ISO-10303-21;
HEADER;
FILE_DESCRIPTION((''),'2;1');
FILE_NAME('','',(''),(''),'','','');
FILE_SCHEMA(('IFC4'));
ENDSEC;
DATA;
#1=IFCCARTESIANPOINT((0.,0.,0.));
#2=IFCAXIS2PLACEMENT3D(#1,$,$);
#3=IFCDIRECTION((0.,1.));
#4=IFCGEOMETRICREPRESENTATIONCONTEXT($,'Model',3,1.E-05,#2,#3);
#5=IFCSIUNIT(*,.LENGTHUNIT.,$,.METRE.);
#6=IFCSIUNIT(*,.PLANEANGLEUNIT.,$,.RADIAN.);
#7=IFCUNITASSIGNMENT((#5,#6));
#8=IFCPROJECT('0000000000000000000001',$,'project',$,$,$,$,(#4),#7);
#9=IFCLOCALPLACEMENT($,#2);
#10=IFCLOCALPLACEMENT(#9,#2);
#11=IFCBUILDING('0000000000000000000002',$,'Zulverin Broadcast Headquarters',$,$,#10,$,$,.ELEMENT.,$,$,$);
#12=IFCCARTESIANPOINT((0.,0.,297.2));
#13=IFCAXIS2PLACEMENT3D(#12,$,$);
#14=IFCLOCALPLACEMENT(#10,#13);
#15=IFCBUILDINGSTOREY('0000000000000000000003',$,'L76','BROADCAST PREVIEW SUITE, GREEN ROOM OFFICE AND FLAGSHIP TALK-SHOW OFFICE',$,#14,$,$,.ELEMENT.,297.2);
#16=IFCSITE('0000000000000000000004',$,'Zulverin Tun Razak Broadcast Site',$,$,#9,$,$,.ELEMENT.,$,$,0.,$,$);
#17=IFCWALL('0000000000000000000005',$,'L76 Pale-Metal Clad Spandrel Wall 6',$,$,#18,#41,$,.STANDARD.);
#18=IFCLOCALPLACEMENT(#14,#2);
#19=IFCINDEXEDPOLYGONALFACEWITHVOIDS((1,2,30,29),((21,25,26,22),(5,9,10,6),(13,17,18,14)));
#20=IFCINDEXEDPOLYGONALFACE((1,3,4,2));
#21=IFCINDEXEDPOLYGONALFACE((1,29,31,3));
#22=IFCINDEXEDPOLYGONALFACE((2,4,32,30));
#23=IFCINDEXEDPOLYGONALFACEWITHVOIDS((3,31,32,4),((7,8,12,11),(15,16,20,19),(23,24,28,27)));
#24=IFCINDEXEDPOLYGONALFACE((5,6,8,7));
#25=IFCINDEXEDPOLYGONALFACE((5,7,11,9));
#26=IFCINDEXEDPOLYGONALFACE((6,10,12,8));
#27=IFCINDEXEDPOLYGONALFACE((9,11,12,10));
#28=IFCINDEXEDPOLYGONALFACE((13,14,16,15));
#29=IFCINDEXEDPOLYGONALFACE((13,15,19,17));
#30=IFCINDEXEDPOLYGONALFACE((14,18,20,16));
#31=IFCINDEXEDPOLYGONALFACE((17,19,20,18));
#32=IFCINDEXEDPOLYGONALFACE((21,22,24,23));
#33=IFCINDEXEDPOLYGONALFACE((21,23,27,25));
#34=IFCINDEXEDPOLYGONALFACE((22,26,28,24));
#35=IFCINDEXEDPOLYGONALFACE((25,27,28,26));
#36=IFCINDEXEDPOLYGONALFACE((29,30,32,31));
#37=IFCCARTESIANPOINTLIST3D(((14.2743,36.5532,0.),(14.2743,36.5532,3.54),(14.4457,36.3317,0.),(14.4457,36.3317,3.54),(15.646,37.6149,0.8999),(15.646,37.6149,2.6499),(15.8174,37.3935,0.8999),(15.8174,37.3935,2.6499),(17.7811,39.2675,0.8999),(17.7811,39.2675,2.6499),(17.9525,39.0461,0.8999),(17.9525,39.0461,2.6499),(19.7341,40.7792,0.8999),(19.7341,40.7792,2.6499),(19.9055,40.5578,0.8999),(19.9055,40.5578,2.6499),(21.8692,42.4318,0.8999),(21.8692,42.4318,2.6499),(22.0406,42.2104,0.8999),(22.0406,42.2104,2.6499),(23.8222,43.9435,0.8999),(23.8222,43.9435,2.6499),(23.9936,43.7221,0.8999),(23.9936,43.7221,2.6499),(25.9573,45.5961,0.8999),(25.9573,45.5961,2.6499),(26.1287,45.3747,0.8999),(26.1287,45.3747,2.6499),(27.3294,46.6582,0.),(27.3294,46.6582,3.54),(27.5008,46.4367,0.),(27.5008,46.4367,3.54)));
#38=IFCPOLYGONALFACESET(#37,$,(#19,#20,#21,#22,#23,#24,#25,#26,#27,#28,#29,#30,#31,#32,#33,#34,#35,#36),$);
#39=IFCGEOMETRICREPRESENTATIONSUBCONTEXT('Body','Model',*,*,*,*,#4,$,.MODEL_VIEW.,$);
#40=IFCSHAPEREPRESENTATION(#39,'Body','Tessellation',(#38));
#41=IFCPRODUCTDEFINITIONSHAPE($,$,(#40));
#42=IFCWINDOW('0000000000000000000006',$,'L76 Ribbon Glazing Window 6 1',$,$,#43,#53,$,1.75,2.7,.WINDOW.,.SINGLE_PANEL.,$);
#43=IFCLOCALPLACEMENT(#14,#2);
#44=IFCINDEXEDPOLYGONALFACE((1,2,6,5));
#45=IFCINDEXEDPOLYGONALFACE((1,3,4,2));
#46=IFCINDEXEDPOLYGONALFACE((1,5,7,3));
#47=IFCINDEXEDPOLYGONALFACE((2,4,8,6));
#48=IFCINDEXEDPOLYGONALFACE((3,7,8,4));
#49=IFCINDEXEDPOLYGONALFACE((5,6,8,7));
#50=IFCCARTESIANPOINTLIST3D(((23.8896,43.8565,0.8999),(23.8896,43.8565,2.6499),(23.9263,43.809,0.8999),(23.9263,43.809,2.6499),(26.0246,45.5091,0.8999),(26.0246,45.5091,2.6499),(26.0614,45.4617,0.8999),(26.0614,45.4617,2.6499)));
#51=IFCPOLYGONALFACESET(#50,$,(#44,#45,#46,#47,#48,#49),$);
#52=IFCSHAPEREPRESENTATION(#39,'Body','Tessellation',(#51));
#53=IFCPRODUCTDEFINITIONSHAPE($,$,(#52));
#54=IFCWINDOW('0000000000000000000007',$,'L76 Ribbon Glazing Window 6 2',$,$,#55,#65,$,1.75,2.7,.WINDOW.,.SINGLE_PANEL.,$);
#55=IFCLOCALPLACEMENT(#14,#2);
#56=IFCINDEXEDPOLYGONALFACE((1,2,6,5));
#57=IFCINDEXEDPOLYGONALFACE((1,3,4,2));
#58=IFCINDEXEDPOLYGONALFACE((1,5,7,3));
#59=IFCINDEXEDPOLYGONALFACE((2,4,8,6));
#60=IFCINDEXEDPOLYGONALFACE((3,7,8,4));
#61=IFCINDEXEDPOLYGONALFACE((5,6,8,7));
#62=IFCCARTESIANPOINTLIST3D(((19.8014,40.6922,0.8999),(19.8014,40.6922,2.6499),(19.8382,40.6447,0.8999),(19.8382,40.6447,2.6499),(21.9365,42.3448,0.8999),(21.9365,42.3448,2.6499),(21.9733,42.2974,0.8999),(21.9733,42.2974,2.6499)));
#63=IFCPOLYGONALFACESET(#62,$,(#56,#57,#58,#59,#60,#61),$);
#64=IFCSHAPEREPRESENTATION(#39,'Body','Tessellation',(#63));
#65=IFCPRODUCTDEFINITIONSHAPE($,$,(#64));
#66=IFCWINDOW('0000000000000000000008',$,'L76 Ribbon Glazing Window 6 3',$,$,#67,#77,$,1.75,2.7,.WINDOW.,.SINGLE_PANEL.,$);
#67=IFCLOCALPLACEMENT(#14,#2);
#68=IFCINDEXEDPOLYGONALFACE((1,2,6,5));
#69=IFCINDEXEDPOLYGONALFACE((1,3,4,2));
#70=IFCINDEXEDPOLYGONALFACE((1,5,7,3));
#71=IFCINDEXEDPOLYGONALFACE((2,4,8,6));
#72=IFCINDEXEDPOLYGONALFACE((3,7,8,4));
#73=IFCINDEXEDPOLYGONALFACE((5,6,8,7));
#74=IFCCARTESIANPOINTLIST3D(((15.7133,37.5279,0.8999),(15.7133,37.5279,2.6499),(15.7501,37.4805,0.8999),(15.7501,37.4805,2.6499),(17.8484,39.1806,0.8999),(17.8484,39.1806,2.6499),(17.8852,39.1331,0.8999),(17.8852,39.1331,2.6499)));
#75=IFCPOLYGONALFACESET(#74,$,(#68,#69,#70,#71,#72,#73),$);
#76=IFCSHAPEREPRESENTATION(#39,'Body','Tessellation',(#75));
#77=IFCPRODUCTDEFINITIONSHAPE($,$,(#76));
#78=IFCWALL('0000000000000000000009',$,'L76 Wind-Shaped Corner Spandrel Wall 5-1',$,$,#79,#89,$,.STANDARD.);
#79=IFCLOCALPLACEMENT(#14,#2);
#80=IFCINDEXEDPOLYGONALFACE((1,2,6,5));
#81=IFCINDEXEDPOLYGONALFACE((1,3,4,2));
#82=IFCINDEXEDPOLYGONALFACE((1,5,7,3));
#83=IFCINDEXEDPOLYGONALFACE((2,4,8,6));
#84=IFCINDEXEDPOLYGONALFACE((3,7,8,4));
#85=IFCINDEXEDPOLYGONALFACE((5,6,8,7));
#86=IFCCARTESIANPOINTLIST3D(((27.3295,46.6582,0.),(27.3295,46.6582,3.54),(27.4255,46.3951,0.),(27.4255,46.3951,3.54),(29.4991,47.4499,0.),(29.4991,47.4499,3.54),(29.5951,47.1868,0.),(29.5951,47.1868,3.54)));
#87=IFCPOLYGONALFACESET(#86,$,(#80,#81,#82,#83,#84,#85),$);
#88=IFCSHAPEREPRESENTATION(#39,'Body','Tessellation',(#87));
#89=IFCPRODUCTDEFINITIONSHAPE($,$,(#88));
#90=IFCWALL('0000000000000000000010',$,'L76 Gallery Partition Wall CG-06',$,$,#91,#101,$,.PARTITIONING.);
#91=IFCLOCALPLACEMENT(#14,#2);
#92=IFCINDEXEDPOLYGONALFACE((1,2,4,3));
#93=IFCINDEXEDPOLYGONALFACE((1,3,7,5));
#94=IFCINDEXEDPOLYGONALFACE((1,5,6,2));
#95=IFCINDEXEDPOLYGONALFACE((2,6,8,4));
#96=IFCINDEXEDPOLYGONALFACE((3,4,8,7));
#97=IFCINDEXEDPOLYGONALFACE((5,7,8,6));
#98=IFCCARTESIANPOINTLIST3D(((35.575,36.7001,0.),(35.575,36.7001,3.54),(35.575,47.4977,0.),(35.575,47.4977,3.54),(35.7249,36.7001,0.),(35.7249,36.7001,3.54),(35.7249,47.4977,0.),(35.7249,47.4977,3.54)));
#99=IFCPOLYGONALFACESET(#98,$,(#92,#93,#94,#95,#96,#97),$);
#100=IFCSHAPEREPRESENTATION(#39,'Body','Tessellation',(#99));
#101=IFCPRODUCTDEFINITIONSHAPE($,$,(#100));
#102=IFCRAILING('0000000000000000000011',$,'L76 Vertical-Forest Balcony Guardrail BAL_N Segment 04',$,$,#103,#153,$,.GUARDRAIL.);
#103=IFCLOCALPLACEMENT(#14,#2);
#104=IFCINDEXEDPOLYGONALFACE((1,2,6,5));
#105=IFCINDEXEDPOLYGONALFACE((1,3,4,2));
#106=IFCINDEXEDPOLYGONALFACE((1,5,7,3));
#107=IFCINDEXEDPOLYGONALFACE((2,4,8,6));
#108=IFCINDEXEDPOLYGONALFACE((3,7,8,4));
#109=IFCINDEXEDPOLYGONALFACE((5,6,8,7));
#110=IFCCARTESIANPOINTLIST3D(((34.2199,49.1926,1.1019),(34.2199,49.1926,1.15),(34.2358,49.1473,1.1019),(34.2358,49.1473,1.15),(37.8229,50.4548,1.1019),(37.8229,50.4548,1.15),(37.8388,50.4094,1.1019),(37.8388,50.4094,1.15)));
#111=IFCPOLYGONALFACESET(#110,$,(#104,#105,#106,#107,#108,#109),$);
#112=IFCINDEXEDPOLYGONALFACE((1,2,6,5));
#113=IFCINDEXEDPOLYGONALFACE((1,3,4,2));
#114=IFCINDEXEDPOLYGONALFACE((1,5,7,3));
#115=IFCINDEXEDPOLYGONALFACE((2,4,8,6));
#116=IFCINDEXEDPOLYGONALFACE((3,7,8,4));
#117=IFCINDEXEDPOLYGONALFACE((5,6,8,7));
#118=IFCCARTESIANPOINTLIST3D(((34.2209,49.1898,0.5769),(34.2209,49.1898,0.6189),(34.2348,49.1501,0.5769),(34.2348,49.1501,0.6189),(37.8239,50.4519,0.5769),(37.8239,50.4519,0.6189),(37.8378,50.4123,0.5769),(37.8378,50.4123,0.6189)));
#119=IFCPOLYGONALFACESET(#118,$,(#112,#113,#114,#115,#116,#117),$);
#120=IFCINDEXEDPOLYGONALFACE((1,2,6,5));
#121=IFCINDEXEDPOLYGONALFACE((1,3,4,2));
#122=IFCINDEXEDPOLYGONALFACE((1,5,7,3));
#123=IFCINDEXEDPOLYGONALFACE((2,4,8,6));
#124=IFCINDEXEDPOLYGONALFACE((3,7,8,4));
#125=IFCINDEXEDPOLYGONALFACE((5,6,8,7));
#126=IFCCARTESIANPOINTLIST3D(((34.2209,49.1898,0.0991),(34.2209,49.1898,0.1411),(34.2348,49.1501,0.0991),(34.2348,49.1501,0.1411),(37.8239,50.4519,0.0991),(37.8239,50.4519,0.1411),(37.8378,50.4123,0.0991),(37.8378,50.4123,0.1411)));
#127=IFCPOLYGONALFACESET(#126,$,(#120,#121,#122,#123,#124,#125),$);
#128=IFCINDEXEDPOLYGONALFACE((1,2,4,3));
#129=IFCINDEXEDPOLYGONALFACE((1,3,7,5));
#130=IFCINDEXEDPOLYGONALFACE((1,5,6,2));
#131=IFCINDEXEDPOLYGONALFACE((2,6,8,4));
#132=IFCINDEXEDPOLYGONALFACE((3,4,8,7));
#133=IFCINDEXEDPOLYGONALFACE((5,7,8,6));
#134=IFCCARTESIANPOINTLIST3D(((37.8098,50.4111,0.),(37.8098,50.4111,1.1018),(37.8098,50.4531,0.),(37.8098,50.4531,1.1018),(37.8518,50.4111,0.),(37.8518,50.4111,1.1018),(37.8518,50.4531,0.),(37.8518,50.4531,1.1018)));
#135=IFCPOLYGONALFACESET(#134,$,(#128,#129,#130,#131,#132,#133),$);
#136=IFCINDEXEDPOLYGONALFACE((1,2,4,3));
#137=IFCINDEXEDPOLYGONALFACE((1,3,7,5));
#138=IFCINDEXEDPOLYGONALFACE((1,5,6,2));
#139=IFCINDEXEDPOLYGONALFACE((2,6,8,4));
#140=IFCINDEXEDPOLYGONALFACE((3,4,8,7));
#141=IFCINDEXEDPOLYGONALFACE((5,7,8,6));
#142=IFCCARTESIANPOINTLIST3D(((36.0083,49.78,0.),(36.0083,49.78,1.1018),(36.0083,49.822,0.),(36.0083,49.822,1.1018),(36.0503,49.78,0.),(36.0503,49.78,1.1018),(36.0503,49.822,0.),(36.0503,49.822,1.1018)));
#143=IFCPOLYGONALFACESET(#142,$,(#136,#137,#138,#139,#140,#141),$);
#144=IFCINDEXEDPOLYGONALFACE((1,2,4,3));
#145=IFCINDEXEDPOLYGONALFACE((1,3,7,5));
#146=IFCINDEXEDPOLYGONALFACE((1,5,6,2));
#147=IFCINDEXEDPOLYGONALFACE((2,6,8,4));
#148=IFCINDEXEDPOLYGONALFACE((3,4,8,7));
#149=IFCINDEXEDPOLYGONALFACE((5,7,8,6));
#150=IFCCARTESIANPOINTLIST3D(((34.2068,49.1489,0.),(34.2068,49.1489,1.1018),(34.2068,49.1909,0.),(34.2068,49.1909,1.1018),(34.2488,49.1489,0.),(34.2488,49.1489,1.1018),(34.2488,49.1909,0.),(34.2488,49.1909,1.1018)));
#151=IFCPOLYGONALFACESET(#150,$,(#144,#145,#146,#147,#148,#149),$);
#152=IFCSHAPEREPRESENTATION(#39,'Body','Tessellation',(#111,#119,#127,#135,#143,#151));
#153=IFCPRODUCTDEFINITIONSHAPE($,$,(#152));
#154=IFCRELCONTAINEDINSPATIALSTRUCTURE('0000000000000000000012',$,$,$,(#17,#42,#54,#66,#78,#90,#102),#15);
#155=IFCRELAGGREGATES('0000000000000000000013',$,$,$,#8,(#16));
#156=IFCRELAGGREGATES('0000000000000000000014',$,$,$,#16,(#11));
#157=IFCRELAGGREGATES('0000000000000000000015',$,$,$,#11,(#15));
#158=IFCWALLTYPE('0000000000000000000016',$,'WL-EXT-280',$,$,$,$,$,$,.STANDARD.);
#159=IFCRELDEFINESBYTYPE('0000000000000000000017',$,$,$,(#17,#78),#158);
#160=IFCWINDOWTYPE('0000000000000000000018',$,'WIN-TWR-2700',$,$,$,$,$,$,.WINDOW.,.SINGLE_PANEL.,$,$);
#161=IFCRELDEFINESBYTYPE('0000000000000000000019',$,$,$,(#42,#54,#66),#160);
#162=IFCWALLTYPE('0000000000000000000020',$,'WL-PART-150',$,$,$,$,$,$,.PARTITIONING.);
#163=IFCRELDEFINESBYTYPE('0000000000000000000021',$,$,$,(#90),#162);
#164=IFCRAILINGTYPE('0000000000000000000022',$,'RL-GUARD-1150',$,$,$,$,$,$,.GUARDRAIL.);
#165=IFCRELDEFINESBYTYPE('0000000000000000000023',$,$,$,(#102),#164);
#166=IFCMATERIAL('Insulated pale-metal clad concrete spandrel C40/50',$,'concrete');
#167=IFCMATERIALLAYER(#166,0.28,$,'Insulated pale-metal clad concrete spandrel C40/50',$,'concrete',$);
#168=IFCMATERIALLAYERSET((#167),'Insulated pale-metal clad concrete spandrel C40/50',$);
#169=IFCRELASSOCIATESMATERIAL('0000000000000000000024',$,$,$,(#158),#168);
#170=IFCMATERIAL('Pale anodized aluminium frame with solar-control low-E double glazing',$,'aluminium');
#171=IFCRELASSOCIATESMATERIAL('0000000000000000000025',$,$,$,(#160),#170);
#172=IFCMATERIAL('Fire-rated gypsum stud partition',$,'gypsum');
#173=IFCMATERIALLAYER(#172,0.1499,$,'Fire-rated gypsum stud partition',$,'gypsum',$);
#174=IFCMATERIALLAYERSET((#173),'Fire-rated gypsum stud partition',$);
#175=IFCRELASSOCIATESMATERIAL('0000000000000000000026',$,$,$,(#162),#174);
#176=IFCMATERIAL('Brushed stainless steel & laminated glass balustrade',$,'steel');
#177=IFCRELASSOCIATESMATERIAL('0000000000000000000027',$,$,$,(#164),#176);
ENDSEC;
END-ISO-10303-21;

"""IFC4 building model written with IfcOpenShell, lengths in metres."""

from ifc_helpers import new_model, si_unit, direction, frame, frame_2d, origin, origin_2d, place, context, subcontext, project, spatial, rectangle, extrude, material, layer, layer_set, type_object, element, fill, save


model = new_model("IFC4")

# Units and contexts
model_context = context("Model", 3, precision=1e-05, world=origin(), true_north=direction((0.0, 1.0)))
body_context = subcontext(model_context, "Body", "Model", "MODEL_VIEW")
ifc_project = project(units=[si_unit("LENGTHUNIT", "METRE"), si_unit("PLANEANGLEUNIT", "RADIAN")], contexts=[model_context])

# Site, building, storey
site_placement = place(None, origin())
site = spatial("IfcSite", under=ifc_project, at=site_placement, Name="Zulverin Tun Razak Broadcast Site", CompositionType="ELEMENT", RefElevation=0.0)
building_placement = place(site_placement, origin())
building = spatial("IfcBuilding", under=site, at=building_placement, Name="Zulverin Broadcast Headquarters", CompositionType="ELEMENT")
storey_placement = place(building_placement, frame((0.0, 0.0, 297.2)))
storey = spatial("IfcBuildingStorey", under=building, at=storey_placement, Name="L76", Description="BROADCAST PREVIEW SUITE, GREEN ROOM OFFICE AND FLAGSHIP TALK-SHOW OFFICE", CompositionType="ELEMENT", Elevation=297.2)

# Wall, openings, windows
ifc_material_1 = material(Name="Insulated pale-metal clad concrete spandrel C40/50", Category="concrete")
ifc_layer_1 = layer(ifc_material_1, 0.28, Name="Insulated pale-metal clad concrete spandrel C40/50", Category="concrete")
ifc_layer_set_1 = layer_set([ifc_layer_1], Name="Insulated pale-metal clad concrete spandrel C40/50")
wall_type_1 = type_object("IfcWallType", Name="WL-EXT-280", PredefinedType="STANDARD", material=ifc_layer_set_1)
wall_1_placement = place(storey_placement, frame((27.415, 46.5474, 0.0), z_axis=(0.0, 0.0, 1.0), x_axis=(-0.79079, -0.612088, 0.0)))
wall_1 = element("IfcWall", 1, at=wall_1_placement, inside=storey, type_object=wall_type_1, Name="L76 Pale-Metal Clad Spandrel Wall 6", PredefinedType="STANDARD", context=body_context, shape_type="SweptSolid", body=[
    extrude(rectangle(XDim=16.509, YDim=0.28, at=frame_2d((8.2544, 0.0))), origin(), (0.0, 0.0, 1.0), 3.54),
])
opening_1_placement = place(wall_1_placement, frame((1.7349, 0.0, 0.8999)))
opening_1 = element("IfcOpeningElement", 2, at=opening_1_placement, cuts=wall_1, PredefinedType="OPENING", context=body_context, shape_type="SweptSolid", body=[
    extrude(rectangle(XDim=2.7, YDim=1.75, at=frame_2d((1.3501, 0.875))), frame((0.0, 0.1499, 0.0), z_axis=(0.0, -1.0, 0.0), x_axis=(1.0, 0.0, 0.0)), (0.0, 0.0, 1.0), 0.3),
])
opening_2_placement = place(wall_1_placement, frame((6.9045, 0.0, 0.8999)))
opening_2 = element("IfcOpeningElement", 3, at=opening_2_placement, cuts=wall_1, PredefinedType="OPENING", context=body_context, shape_type="SweptSolid", body=[
    extrude(rectangle(XDim=2.7, YDim=1.75, at=frame_2d((1.3501, 0.875))), frame((0.0, 0.1499, 0.0), z_axis=(0.0, -1.0, 0.0), x_axis=(1.0, 0.0, 0.0)), (0.0, 0.0, 1.0), 0.3),
])
opening_3_placement = place(wall_1_placement, frame((12.0742, 0.0, 0.8999)))
opening_3 = element("IfcOpeningElement", 4, at=opening_3_placement, cuts=wall_1, PredefinedType="OPENING", context=body_context, shape_type="SweptSolid", body=[
    extrude(rectangle(XDim=2.7, YDim=1.75, at=frame_2d((1.3501, 0.875))), frame((0.0, 0.1499, 0.0), z_axis=(0.0, -1.0, 0.0), x_axis=(1.0, 0.0, 0.0)), (0.0, 0.0, 1.0), 0.3),
])
ifc_material_2 = material(Name="Pale anodized aluminium frame with solar-control low-E double glazing", Category="aluminium")
window_type = type_object("IfcWindowType", Name="WIN-TWR-2700", PartitioningType="SINGLE_PANEL", PredefinedType="WINDOW", material=ifc_material_2)
window_1_placement = place(opening_1_placement, origin())
window_1 = element("IfcWindow", 5, at=window_1_placement, inside=storey, type_object=window_type, Name="L76 Ribbon Glazing Window 6 1", OverallHeight=1.75, OverallWidth=2.7, PartitioningType="SINGLE_PANEL", PredefinedType="WINDOW", context=body_context, shape_type="SweptSolid", body=[
    extrude(rectangle(XDim=2.7, YDim=1.75, at=frame_2d((1.3501, 0.875))), frame((0.0, 0.03, 0.0), z_axis=(0.0, -1.0, 0.0), x_axis=(1.0, 0.0, 0.0)), (0.0, 0.0, 1.0), 0.0601),
])
fill(opening_1, window_1)
window_2_placement = place(opening_2_placement, origin())
window_2 = element("IfcWindow", 6, at=window_2_placement, inside=storey, type_object=window_type, Name="L76 Ribbon Glazing Window 6 2", OverallHeight=1.75, OverallWidth=2.7, PartitioningType="SINGLE_PANEL", PredefinedType="WINDOW", context=body_context, shape_type="SweptSolid", body=[
    extrude(rectangle(XDim=2.7, YDim=1.75, at=frame_2d((1.3501, 0.875))), frame((0.0, 0.03, 0.0), z_axis=(0.0, -1.0, 0.0), x_axis=(1.0, 0.0, 0.0)), (0.0, 0.0, 1.0), 0.0601),
])
fill(opening_2, window_2)
window_3_placement = place(opening_3_placement, origin())
window_3 = element("IfcWindow", 7, at=window_3_placement, inside=storey, type_object=window_type, Name="L76 Ribbon Glazing Window 6 3", OverallHeight=1.75, OverallWidth=2.7, PartitioningType="SINGLE_PANEL", PredefinedType="WINDOW", context=body_context, shape_type="SweptSolid", body=[
    extrude(rectangle(XDim=2.7, YDim=1.75, at=frame_2d((1.3501, 0.875))), frame((0.0, 0.03, 0.0), z_axis=(0.0, -1.0, 0.0), x_axis=(1.0, 0.0, 0.0)), (0.0, 0.0, 1.0), 0.0601),
])
fill(opening_3, window_3)

# Walls
wall_2_placement = place(storey_placement, frame((29.5471, 47.3184, 0.0), z_axis=(0.0, 0.0, 1.0), x_axis=(-0.939407, -0.342804, 0.0)))
element("IfcWall", 8, at=wall_2_placement, inside=storey, type_object=wall_type_1, Name="L76 Wind-Shaped Corner Spandrel Wall 5-1", PredefinedType="STANDARD", context=body_context, shape_type="SweptSolid", body=[
    extrude(rectangle(XDim=2.3096, YDim=0.28, at=frame_2d((1.1548, 0.0))), origin(), (0.0, 0.0, 1.0), 3.54),
])
ifc_material_3 = material(Name="Fire-rated gypsum stud partition", Category="gypsum")
ifc_layer_2 = layer(ifc_material_3, 0.1499, Name="Fire-rated gypsum stud partition", Category="gypsum")
ifc_layer_set_2 = layer_set([ifc_layer_2], Name="Fire-rated gypsum stud partition")
wall_type_2 = type_object("IfcWallType", Name="WL-PART-150", PredefinedType="PARTITIONING", material=ifc_layer_set_2)
wall_3_placement = place(storey_placement, frame((35.6499, 36.7, 0.0), z_axis=(0.0, 0.0, 1.0), x_axis=(0.0, 1.0, 0.0)))
element("IfcWall", 9, at=wall_3_placement, inside=storey, type_object=wall_type_2, Name="L76 Gallery Partition Wall CG-06", PredefinedType="PARTITIONING", context=body_context, shape_type="SweptSolid", body=[
    extrude(rectangle(XDim=10.7976, YDim=0.1499, at=frame_2d((5.3989, 0.0))), origin(), (0.0, 0.0, 1.0), 3.54),
])

# Railing
ifc_material_4 = material(Name="Brushed stainless steel & laminated glass balustrade", Category="steel")
railing_type = type_object("IfcRailingType", Name="RL-GUARD-1150", PredefinedType="GUARDRAIL", material=ifc_material_4)
railing_1_placement = place(storey_placement, frame((37.8308, 50.4321, 0.0)))
element("IfcRailing", 10, at=railing_1_placement, inside=storey, type_object=railing_type, Name="L76 Vertical-Forest Balcony Guardrail BAL_N Segment 04", PredefinedType="GUARDRAIL", context=body_context, shape_type="SweptSolid", body=[
    extrude(rectangle(XDim=0.0481, YDim=0.0481, at=origin_2d()), frame((0.0, 0.0, 1.126), z_axis=(-0.943765, -0.330618, 0.0), x_axis=(0.330618, -0.943765, 0.0)), (0.0, 0.0, 1.0), 3.8176),
    extrude(rectangle(XDim=0.042, YDim=0.042, at=origin_2d()), frame((0.0, 0.0, 0.5979), z_axis=(-0.943765, -0.330618, 0.0), x_axis=(0.330618, -0.943765, 0.0)), (0.0, 0.0, 1.0), 3.8176),
    extrude(rectangle(XDim=0.042, YDim=0.042, at=origin_2d()), frame((0.0, 0.0, 0.1201), z_axis=(-0.943765, -0.330618, 0.0), x_axis=(0.330618, -0.943765, 0.0)), (0.0, 0.0, 1.0), 3.8176),
    extrude(rectangle(XDim=0.042, YDim=0.042, at=origin_2d()), origin(), (0.0, 0.0, 1.0), 1.1018),
    extrude(rectangle(XDim=0.042, YDim=0.042, at=origin_2d()), frame((-1.8015, -0.6311, 0.0)), (0.0, 0.0, 1.0), 1.1018),
    extrude(rectangle(XDim=0.042, YDim=0.042, at=origin_2d()), frame((-3.603, -1.2622, 0.0)), (0.0, 0.0, 1.0), 1.1018),
])

save(model, "model.ifc")
